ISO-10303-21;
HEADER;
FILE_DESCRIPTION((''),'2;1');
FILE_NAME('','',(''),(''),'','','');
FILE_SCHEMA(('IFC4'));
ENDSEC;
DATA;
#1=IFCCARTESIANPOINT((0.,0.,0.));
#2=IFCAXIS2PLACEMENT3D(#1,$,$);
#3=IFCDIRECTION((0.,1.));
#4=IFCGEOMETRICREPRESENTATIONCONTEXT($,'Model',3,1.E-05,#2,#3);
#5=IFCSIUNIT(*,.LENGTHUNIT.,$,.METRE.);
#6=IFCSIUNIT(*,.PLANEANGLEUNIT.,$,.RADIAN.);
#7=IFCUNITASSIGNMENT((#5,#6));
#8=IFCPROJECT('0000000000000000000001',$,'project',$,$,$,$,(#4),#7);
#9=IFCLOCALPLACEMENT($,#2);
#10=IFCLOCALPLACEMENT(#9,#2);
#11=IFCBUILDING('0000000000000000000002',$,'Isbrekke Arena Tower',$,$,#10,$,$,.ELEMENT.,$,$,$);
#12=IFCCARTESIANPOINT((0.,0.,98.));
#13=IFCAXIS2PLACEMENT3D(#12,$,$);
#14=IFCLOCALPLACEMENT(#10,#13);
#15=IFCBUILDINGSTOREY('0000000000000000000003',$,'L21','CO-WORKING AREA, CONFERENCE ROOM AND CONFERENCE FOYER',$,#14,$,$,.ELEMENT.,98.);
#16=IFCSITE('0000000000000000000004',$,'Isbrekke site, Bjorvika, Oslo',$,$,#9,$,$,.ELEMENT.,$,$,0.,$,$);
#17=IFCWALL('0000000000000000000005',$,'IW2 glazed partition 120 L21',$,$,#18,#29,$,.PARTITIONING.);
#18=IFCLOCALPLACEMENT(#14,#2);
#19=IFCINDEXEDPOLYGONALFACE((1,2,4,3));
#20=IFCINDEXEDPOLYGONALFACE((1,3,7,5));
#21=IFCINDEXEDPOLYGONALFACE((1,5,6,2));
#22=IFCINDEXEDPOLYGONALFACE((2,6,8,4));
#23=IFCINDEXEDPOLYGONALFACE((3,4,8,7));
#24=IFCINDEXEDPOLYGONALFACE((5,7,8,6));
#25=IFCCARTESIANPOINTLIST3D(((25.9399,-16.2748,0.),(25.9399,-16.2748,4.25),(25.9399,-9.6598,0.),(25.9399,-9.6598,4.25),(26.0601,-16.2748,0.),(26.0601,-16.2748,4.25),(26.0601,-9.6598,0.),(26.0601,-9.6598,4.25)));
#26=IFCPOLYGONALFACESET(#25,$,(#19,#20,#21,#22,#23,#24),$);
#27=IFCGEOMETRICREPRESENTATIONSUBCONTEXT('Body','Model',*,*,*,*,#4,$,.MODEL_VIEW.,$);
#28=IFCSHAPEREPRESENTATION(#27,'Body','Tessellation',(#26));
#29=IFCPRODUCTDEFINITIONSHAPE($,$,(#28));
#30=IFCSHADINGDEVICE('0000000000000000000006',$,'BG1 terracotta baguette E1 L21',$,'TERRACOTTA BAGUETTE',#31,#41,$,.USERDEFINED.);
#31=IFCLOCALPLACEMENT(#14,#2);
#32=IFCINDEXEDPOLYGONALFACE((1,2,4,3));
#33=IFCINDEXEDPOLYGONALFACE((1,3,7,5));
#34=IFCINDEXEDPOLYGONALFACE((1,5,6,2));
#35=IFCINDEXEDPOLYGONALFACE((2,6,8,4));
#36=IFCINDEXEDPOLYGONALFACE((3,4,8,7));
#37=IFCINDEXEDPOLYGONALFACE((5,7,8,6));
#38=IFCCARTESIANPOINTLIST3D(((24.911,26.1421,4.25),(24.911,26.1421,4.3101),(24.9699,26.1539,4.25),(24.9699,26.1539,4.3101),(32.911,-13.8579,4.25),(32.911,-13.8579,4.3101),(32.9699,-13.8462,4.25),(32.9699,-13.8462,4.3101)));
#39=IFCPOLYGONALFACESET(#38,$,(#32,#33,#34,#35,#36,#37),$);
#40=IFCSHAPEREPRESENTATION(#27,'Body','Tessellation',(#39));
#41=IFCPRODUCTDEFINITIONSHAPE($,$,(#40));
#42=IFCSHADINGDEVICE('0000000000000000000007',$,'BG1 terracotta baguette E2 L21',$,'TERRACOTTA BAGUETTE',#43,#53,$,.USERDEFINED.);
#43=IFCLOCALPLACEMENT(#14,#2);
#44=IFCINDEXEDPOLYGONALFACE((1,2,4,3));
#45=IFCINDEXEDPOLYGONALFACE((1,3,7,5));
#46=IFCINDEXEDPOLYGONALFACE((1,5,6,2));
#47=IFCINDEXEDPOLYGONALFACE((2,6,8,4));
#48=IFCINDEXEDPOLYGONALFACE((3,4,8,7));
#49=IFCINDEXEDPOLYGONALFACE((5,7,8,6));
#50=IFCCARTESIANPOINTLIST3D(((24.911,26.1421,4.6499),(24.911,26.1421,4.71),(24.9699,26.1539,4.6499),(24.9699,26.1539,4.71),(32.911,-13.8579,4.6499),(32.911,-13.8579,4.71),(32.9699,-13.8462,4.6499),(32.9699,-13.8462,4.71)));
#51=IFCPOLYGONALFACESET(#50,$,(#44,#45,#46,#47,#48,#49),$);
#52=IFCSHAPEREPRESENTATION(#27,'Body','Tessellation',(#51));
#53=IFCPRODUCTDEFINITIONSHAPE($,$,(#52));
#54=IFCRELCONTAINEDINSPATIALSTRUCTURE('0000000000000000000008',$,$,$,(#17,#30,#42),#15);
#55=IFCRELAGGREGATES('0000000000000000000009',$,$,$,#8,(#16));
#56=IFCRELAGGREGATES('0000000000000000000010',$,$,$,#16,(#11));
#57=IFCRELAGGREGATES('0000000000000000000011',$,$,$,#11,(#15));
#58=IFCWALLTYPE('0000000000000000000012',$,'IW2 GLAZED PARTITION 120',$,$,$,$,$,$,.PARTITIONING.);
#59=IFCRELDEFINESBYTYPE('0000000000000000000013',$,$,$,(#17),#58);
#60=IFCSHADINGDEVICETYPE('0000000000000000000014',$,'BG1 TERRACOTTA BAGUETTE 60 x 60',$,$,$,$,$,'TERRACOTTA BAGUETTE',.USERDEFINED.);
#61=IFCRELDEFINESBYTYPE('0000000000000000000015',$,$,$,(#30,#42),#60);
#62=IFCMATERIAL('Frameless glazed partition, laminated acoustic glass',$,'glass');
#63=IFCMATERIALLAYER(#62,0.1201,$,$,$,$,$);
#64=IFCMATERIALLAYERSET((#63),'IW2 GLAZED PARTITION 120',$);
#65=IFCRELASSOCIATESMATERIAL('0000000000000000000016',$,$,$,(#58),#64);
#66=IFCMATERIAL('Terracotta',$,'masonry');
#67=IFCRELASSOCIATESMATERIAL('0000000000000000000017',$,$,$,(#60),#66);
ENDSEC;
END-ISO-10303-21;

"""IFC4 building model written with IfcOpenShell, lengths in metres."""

from ifc_helpers import new_model, si_unit, direction, frame, frame_2d, origin, origin_2d, place, context, subcontext, project, spatial, rectangle, extrude, material, layer, layer_set, material_profile, profile_set, type_object, element, save


model = new_model("IFC4")

# Units and contexts
model_context = context("Model", 3, precision=1e-05, world=origin(), true_north=direction((0.0, 1.0)))
body_context = subcontext(model_context, "Body", "Model", "MODEL_VIEW")
ifc_project = project(units=[si_unit("LENGTHUNIT", "METRE"), si_unit("PLANEANGLEUNIT", "RADIAN")], contexts=[model_context])

# Site, building, storey
site_placement = place(None, origin())
site = spatial("IfcSite", under=ifc_project, at=site_placement, Name="Isbrekke site, Bjorvika, Oslo", CompositionType="ELEMENT", RefElevation=0.0)
building_placement = place(site_placement, origin())
building = spatial("IfcBuilding", under=site, at=building_placement, Name="Isbrekke Arena Tower", CompositionType="ELEMENT")
storey_placement = place(building_placement, frame((0.0, 0.0, 98.0)))
storey = spatial("IfcBuildingStorey", under=building, at=storey_placement, Name="L21", Description="CO-WORKING AREA, CONFERENCE ROOM AND CONFERENCE FOYER", CompositionType="ELEMENT", Elevation=98.0)

# Wall
ifc_material_1 = material(Name="Frameless glazed partition, laminated acoustic glass", Category="glass")
ifc_layer_1 = layer(ifc_material_1, 0.1201)
ifc_layer_set_1 = layer_set([ifc_layer_1], Name="IW2 GLAZED PARTITION 120")
wall_type = type_object("IfcWallType", Name="IW2 GLAZED PARTITION 120", PredefinedType="PARTITIONING", material=ifc_layer_set_1)
wall_placement = place(storey_placement, frame((26.0, -16.2749, 0.0), z_axis=(0.0, 0.0, 1.0), x_axis=(0.0, 1.0, 0.0)))
element("IfcWall", 1, at=wall_placement, inside=storey, type_object=wall_type, Name="IW2 glazed partition 120 L21", PredefinedType="PARTITIONING", context=body_context, shape_type="SweptSolid", body=[
    extrude(rectangle(XDim=6.615, YDim=0.1201, at=frame_2d((3.3076, 0.0))), origin(), (0.0, 0.0, 1.0), 4.25),
])

# Shading devices
ifc_material_2 = material(Name="Terracotta", Category="masonry")
ifc_material_profile_1 = material_profile(ifc_material_2, rectangle(XDim=0.0601, YDim=0.0601, at=origin_2d()), Name="BAGUETTE 60X60")
ifc_profile_set_1 = profile_set([ifc_material_profile_1], Name="Terracotta")
shading_device_type = type_object("IfcShadingDeviceType", Name="BG1 TERRACOTTA BAGUETTE 60 x 60", ElementType="TERRACOTTA BAGUETTE", PredefinedType="USERDEFINED", material=ifc_profile_set_1)
for number, where, z_axis, x_axis, name in (
    (2, (32.9404, -13.8521, 4.28), (-0.196116, 0.980581, 0.0), (-0.980581, -0.196116, 0.0), "BG1 terracotta baguette E1 L21"),
    (3, (32.9404, -13.8521, 4.6799), (-0.196116, 0.980581, 0.0), (-0.980581, -0.196116, 0.0), "BG1 terracotta baguette E2 L21"),
):
    element("IfcShadingDevice", number, at=place(storey_placement, frame(where, z_axis=z_axis, x_axis=x_axis)), inside=storey, type_object=shading_device_type, Name=name, ObjectType="TERRACOTTA BAGUETTE", PredefinedType="USERDEFINED", context=body_context, shape_type="SweptSolid", body=[
        extrude(rectangle(XDim=0.0601, YDim=0.0601, at=origin_2d()), origin(), (0.0, 0.0, 1.0), 40.7922),
    ])

save(model, "model.ifc")
